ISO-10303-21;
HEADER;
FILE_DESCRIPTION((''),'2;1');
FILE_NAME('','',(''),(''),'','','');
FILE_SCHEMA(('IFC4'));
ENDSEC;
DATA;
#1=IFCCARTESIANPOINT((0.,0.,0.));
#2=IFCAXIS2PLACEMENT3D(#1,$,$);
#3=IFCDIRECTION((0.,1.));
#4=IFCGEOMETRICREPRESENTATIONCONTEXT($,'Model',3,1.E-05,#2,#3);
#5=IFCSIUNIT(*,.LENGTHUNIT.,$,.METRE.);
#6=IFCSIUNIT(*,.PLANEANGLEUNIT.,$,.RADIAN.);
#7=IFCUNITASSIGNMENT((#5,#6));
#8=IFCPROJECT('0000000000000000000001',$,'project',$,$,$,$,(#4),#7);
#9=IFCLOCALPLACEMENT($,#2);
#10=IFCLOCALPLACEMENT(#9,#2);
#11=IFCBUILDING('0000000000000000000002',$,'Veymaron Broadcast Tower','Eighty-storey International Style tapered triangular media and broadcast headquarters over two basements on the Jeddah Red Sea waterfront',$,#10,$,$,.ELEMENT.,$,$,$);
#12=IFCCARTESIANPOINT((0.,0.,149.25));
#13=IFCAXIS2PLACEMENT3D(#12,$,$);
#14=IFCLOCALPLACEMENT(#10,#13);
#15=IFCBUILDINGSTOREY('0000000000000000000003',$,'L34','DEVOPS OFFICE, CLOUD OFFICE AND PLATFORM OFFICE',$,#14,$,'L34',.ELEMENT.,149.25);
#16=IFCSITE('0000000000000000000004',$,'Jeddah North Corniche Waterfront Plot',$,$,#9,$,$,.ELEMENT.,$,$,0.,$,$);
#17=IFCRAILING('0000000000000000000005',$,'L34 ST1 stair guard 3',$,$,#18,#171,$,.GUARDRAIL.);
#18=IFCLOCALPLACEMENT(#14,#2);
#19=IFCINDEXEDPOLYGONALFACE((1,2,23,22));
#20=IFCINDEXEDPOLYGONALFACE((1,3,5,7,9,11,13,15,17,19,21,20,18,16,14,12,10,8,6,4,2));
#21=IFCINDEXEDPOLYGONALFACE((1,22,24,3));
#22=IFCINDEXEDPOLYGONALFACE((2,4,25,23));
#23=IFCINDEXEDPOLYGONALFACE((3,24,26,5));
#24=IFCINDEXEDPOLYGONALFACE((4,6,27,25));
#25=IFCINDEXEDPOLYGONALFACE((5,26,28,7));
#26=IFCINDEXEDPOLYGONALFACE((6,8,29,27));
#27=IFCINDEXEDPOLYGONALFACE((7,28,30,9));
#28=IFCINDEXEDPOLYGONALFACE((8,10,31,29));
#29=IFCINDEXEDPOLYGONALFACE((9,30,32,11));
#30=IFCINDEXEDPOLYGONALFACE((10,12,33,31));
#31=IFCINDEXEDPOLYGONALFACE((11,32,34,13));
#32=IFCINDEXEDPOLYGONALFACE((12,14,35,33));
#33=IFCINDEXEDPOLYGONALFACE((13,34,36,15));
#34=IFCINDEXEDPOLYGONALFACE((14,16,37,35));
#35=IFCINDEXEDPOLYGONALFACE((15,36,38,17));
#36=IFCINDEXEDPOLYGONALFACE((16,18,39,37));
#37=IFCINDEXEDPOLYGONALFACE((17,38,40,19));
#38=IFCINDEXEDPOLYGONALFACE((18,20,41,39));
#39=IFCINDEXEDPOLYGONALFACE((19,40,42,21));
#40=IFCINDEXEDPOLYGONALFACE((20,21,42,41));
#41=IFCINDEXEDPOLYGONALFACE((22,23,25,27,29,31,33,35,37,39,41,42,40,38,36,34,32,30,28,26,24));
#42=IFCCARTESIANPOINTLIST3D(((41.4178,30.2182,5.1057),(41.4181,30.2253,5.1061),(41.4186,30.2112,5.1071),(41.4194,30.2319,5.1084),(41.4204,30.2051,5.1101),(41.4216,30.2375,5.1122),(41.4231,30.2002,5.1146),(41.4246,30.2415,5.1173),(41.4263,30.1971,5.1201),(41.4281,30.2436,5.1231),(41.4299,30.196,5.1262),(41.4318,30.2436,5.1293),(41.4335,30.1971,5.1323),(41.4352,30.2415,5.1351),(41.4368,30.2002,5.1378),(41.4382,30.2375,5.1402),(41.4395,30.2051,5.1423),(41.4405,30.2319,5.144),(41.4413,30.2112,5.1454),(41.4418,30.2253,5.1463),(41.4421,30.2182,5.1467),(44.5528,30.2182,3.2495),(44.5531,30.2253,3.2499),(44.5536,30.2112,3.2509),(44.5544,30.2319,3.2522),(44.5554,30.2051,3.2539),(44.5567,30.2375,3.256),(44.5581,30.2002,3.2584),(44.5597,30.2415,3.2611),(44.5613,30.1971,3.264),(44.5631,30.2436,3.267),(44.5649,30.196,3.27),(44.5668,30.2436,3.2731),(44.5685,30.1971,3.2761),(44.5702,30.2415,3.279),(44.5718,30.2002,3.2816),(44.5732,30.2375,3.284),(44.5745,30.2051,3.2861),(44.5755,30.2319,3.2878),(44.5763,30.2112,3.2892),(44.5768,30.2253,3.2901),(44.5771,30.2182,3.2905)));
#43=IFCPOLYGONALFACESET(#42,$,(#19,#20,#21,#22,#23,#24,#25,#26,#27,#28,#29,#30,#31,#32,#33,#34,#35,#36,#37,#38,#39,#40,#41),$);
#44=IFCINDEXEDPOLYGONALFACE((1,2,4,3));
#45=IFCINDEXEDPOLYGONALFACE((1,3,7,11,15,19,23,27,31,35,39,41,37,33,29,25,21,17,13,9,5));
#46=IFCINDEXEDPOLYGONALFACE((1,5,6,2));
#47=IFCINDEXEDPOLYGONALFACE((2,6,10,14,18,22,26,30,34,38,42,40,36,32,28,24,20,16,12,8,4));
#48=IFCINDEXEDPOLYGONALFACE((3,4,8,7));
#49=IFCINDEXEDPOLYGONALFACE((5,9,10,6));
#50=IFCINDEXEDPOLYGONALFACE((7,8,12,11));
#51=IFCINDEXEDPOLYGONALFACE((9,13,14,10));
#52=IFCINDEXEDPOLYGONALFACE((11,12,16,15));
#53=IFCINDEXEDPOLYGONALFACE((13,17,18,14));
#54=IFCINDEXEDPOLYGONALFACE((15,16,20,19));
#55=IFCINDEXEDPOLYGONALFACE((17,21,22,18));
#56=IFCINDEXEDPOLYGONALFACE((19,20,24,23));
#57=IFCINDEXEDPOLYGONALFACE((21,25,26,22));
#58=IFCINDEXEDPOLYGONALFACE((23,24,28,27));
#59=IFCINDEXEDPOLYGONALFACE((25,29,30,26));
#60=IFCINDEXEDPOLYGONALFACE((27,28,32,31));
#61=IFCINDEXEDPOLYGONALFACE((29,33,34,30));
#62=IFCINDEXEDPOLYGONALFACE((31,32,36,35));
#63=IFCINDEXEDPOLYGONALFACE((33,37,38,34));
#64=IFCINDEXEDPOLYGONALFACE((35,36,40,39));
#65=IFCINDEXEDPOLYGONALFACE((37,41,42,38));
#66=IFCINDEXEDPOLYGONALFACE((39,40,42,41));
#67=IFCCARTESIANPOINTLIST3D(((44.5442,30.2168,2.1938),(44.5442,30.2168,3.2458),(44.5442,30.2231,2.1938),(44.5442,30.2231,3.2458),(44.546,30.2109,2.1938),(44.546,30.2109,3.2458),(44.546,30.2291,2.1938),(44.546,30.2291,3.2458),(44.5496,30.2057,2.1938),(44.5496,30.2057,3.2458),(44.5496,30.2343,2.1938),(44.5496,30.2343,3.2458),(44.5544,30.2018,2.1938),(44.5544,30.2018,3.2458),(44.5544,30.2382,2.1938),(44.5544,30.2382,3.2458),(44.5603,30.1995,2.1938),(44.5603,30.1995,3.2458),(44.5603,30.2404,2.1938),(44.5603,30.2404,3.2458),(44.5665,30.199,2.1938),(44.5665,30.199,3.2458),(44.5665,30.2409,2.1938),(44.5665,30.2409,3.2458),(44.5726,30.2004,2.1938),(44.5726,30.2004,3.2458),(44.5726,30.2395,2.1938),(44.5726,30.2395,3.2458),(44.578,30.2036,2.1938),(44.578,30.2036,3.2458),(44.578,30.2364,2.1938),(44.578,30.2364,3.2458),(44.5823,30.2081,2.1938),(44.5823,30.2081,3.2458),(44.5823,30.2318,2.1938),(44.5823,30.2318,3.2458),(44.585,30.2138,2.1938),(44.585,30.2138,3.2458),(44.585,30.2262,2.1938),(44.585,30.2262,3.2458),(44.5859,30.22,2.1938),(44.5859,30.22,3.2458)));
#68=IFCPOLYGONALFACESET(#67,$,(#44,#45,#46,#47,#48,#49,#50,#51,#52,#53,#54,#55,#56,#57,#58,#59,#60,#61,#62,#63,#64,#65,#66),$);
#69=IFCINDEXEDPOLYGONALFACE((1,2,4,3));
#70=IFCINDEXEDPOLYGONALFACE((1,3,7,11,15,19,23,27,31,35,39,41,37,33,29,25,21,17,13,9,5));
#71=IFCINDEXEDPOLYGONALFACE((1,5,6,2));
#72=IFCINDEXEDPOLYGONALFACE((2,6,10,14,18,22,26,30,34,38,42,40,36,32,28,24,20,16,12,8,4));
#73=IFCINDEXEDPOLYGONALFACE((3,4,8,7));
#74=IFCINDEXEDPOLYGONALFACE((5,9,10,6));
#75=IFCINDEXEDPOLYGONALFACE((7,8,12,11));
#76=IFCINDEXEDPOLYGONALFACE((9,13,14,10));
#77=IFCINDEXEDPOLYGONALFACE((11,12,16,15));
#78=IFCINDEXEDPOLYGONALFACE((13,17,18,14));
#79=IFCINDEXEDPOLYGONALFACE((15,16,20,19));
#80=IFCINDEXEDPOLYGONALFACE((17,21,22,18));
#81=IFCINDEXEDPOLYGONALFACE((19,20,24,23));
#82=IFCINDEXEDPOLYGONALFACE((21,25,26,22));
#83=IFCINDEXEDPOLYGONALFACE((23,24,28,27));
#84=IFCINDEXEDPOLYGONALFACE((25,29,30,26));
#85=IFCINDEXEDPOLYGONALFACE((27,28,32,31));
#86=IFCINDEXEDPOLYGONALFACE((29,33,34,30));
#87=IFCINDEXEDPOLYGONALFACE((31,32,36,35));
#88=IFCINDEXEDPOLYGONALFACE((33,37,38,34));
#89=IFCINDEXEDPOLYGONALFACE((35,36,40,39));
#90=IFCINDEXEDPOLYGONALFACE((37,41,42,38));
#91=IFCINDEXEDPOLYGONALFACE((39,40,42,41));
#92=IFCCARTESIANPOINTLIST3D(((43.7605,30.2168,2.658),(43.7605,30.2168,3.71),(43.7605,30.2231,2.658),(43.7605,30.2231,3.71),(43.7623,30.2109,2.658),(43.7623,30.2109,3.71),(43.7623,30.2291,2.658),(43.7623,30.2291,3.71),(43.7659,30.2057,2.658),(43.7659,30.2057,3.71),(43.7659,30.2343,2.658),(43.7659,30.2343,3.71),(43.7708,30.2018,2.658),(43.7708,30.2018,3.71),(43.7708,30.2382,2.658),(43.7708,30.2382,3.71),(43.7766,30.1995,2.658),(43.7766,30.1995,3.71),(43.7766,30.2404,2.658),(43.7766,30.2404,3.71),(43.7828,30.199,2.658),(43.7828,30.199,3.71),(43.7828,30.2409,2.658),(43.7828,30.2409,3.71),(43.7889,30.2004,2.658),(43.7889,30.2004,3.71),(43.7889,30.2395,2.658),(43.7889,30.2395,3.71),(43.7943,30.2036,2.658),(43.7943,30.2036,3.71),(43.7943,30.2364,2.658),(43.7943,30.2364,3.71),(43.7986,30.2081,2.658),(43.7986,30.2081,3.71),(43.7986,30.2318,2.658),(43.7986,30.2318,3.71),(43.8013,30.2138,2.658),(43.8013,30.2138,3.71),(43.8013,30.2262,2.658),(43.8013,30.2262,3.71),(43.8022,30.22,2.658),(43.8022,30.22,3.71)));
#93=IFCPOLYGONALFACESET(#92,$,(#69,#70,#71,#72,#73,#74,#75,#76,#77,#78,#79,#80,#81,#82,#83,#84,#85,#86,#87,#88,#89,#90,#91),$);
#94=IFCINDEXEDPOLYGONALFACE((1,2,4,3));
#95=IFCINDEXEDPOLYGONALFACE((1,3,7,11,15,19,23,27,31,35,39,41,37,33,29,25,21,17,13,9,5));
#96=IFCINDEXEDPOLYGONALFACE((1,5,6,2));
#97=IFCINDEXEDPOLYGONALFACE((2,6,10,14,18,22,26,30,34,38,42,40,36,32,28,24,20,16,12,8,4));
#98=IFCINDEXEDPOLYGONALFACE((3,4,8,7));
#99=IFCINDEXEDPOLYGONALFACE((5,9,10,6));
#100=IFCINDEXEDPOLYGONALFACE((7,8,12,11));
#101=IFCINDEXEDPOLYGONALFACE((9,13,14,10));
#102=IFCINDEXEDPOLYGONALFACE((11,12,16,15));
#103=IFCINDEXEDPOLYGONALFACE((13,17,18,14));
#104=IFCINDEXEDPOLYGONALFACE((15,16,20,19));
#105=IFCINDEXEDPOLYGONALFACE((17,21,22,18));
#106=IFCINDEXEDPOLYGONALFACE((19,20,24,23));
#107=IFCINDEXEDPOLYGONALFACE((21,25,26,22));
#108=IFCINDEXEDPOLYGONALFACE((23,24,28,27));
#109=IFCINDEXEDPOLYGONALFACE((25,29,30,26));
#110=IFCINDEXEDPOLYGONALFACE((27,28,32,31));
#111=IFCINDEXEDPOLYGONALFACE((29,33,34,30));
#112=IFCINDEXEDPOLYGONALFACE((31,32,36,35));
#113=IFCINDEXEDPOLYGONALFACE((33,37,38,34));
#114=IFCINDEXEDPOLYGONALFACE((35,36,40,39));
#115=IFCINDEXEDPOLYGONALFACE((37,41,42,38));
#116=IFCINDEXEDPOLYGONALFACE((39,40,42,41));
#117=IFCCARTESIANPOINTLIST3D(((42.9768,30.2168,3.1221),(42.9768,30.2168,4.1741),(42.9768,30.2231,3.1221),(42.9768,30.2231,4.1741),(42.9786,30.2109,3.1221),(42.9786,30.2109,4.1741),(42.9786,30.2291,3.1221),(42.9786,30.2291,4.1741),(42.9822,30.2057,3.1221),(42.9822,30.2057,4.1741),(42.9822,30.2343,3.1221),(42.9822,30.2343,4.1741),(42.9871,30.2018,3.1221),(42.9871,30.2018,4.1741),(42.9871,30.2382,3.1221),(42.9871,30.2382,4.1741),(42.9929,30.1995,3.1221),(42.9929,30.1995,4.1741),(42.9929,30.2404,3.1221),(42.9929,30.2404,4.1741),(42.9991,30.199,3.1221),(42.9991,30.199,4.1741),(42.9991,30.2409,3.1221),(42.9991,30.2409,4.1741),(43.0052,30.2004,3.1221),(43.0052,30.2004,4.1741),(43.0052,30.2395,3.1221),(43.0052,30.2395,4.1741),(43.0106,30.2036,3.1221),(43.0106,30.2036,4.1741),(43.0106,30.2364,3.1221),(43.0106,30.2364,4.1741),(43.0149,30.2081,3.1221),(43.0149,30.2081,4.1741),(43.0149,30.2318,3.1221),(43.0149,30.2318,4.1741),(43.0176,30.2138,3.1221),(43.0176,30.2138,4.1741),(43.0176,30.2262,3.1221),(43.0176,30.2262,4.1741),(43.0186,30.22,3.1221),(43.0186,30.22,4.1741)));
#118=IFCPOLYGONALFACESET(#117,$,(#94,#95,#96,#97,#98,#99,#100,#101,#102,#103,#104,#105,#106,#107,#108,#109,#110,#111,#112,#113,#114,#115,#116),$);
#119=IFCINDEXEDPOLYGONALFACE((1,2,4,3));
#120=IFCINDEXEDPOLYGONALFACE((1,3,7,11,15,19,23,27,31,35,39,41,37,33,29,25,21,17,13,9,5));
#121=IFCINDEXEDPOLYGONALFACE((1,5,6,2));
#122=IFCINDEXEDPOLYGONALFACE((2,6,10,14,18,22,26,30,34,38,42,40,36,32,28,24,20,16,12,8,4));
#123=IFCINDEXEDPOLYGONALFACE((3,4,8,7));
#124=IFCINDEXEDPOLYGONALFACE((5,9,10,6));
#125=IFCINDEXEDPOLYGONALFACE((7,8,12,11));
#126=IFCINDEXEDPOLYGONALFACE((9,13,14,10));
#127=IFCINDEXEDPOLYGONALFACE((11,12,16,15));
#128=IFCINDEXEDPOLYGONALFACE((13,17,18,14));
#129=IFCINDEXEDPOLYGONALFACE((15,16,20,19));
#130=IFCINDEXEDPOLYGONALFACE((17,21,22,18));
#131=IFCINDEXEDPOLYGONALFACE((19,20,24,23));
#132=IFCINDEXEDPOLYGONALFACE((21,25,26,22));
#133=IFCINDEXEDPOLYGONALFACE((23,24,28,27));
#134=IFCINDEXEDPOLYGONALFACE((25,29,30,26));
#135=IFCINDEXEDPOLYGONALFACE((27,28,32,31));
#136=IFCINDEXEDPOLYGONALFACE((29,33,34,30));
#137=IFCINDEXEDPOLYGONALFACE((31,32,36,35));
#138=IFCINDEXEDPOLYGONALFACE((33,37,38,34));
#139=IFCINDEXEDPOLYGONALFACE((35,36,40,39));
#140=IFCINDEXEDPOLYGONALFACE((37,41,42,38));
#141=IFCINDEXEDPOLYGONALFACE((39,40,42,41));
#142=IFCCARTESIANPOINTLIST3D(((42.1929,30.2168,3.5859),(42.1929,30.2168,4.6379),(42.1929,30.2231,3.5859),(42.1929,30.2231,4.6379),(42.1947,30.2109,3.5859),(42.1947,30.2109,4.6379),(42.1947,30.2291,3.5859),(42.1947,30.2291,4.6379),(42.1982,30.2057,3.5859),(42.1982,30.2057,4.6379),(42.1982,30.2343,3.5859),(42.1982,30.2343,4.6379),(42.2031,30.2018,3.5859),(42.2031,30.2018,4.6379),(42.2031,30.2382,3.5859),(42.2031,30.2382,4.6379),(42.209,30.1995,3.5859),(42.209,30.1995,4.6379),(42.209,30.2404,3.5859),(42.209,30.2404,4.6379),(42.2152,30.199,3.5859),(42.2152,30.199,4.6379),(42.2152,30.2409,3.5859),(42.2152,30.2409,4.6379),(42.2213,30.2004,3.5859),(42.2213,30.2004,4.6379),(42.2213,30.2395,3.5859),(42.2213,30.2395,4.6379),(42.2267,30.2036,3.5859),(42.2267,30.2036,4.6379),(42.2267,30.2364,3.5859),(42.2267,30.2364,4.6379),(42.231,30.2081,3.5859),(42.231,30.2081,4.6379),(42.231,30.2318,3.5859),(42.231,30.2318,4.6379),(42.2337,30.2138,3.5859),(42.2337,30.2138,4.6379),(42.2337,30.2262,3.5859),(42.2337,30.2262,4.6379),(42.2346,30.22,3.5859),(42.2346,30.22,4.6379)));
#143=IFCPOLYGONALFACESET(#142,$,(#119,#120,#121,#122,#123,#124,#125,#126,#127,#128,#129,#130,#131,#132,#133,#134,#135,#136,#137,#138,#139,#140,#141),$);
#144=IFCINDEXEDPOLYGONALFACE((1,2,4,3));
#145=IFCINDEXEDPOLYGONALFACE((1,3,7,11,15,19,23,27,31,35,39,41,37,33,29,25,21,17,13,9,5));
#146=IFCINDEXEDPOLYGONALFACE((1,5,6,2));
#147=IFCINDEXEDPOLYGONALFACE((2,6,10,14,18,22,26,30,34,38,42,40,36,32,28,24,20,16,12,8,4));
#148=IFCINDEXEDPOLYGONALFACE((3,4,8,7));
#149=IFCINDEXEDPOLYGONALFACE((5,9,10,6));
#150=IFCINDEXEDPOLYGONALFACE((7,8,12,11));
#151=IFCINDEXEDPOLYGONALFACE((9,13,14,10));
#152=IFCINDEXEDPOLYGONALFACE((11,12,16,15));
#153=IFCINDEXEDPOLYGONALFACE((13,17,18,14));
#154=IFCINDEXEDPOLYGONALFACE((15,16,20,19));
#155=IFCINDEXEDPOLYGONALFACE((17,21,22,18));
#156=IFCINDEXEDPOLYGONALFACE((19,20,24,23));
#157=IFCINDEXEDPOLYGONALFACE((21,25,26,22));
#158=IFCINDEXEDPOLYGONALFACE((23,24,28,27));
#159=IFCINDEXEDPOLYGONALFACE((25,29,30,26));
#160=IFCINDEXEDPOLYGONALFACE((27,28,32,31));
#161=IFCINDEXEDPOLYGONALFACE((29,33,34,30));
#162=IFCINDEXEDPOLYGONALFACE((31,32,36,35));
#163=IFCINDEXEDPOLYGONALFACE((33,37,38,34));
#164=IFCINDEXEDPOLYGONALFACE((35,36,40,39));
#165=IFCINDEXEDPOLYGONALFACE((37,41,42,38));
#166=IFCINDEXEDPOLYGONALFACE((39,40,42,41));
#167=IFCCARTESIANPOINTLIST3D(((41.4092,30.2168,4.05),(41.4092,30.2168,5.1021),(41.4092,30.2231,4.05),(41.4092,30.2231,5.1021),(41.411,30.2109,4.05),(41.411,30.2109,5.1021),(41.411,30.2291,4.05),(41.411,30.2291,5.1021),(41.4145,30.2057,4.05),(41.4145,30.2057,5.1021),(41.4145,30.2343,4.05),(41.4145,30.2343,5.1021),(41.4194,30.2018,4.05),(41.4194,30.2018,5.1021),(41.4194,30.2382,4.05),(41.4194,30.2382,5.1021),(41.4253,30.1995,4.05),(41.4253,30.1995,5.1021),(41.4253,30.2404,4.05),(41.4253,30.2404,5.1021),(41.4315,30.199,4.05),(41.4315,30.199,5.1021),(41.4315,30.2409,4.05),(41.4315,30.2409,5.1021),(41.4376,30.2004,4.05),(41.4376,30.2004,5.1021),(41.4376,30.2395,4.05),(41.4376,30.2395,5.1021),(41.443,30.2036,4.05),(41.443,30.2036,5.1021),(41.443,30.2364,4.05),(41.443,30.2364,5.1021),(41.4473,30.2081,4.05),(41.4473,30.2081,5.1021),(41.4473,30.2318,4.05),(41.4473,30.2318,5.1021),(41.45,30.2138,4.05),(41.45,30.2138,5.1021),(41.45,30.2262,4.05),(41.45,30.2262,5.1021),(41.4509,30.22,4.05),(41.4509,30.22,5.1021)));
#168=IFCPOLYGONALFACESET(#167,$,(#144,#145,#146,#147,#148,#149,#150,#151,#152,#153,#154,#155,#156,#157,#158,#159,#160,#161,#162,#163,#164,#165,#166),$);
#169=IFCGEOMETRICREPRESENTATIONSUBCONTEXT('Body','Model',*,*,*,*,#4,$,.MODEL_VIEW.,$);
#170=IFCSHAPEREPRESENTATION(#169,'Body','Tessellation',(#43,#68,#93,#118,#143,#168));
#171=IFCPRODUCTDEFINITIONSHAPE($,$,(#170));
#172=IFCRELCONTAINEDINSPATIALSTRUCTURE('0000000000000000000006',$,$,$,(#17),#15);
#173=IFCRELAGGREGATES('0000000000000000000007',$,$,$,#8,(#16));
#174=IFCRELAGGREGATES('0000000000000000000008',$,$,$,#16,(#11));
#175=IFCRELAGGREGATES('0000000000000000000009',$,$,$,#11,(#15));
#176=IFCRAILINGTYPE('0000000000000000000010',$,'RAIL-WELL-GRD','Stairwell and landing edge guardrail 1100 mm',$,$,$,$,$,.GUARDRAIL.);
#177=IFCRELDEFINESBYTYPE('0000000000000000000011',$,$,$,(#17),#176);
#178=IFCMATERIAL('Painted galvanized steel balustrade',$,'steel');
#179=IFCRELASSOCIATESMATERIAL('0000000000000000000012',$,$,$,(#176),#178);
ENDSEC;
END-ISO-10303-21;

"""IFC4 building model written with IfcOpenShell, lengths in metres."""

from ifc_helpers import new_model, si_unit, direction, frame, origin, origin_2d, place, context, subcontext, project, spatial, circle, extrude, material, type_object, element, save


model = new_model("IFC4")

# Units and contexts
model_context = context("Model", 3, precision=1e-05, world=origin(), true_north=direction((0.0, 1.0)))
body_context = subcontext(model_context, "Body", "Model", "MODEL_VIEW")
ifc_project = project(units=[si_unit("LENGTHUNIT", "METRE"), si_unit("PLANEANGLEUNIT", "RADIAN")], contexts=[model_context])

# Site, building, storey
site_placement = place(None, origin())
site = spatial("IfcSite", under=ifc_project, at=site_placement, Name="Jeddah North Corniche Waterfront Plot", CompositionType="ELEMENT", RefElevation=0.0)
building_placement = place(site_placement, origin())
building = spatial("IfcBuilding", under=site, at=building_placement, Name="Veymaron Broadcast Tower", Description="Eighty-storey International Style tapered triangular media and broadcast headquarters over two basements on the Jeddah Red Sea waterfront", CompositionType="ELEMENT")
storey_placement = place(building_placement, frame((0.0, 0.0, 149.25)))
storey = spatial("IfcBuildingStorey", under=building, at=storey_placement, Name="L34", Description="DEVOPS OFFICE, CLOUD OFFICE AND PLATFORM OFFICE", LongName="L34", CompositionType="ELEMENT", Elevation=149.25)

# Railing
ifc_material_1 = material(Name="Painted galvanized steel balustrade", Category="steel")
railing_type_1 = type_object("IfcRailingType", Name="RAIL-WELL-GRD", Description="Stairwell and landing edge guardrail 1100 mm", PredefinedType="GUARDRAIL", material=ifc_material_1)
railing_1_placement = place(storey_placement, frame((44.5649, 30.22, 2.1938)))
element("IfcRailing", 1, at=railing_1_placement, inside=storey, type_object=railing_type_1, Name="L34 ST1 stair guard 3", PredefinedType="GUARDRAIL", context=body_context, shape_type="SweptSolid", body=[
    extrude(circle(Radius=0.0239, at=origin_2d()), frame((0.0, 0.0, 1.0762), z_axis=(-0.860482, 0.0, 0.509481), x_axis=(0.0, -1.0, 0.0)), (0.0, 0.0, 1.0), 3.6433),
    extrude(circle(Radius=0.021, at=origin_2d()), origin(), (0.0, 0.0, 1.0), 1.052),
    extrude(circle(Radius=0.021, at=origin_2d()), frame((-0.7837, 0.0, 0.4641)), (0.0, 0.0, 1.0), 1.052),
    extrude(circle(Radius=0.021, at=origin_2d()), frame((-1.5674, 0.0, 0.9282)), (0.0, 0.0, 1.0), 1.052),
    extrude(circle(Radius=0.021, at=origin_2d()), frame((-2.3513, 0.0, 1.3921)), (0.0, 0.0, 1.0), 1.052),
    extrude(circle(Radius=0.021, at=origin_2d()), frame((-3.135, 0.0, 1.8562)), (0.0, 0.0, 1.0), 1.052),
])

save(model, "model.ifc")
